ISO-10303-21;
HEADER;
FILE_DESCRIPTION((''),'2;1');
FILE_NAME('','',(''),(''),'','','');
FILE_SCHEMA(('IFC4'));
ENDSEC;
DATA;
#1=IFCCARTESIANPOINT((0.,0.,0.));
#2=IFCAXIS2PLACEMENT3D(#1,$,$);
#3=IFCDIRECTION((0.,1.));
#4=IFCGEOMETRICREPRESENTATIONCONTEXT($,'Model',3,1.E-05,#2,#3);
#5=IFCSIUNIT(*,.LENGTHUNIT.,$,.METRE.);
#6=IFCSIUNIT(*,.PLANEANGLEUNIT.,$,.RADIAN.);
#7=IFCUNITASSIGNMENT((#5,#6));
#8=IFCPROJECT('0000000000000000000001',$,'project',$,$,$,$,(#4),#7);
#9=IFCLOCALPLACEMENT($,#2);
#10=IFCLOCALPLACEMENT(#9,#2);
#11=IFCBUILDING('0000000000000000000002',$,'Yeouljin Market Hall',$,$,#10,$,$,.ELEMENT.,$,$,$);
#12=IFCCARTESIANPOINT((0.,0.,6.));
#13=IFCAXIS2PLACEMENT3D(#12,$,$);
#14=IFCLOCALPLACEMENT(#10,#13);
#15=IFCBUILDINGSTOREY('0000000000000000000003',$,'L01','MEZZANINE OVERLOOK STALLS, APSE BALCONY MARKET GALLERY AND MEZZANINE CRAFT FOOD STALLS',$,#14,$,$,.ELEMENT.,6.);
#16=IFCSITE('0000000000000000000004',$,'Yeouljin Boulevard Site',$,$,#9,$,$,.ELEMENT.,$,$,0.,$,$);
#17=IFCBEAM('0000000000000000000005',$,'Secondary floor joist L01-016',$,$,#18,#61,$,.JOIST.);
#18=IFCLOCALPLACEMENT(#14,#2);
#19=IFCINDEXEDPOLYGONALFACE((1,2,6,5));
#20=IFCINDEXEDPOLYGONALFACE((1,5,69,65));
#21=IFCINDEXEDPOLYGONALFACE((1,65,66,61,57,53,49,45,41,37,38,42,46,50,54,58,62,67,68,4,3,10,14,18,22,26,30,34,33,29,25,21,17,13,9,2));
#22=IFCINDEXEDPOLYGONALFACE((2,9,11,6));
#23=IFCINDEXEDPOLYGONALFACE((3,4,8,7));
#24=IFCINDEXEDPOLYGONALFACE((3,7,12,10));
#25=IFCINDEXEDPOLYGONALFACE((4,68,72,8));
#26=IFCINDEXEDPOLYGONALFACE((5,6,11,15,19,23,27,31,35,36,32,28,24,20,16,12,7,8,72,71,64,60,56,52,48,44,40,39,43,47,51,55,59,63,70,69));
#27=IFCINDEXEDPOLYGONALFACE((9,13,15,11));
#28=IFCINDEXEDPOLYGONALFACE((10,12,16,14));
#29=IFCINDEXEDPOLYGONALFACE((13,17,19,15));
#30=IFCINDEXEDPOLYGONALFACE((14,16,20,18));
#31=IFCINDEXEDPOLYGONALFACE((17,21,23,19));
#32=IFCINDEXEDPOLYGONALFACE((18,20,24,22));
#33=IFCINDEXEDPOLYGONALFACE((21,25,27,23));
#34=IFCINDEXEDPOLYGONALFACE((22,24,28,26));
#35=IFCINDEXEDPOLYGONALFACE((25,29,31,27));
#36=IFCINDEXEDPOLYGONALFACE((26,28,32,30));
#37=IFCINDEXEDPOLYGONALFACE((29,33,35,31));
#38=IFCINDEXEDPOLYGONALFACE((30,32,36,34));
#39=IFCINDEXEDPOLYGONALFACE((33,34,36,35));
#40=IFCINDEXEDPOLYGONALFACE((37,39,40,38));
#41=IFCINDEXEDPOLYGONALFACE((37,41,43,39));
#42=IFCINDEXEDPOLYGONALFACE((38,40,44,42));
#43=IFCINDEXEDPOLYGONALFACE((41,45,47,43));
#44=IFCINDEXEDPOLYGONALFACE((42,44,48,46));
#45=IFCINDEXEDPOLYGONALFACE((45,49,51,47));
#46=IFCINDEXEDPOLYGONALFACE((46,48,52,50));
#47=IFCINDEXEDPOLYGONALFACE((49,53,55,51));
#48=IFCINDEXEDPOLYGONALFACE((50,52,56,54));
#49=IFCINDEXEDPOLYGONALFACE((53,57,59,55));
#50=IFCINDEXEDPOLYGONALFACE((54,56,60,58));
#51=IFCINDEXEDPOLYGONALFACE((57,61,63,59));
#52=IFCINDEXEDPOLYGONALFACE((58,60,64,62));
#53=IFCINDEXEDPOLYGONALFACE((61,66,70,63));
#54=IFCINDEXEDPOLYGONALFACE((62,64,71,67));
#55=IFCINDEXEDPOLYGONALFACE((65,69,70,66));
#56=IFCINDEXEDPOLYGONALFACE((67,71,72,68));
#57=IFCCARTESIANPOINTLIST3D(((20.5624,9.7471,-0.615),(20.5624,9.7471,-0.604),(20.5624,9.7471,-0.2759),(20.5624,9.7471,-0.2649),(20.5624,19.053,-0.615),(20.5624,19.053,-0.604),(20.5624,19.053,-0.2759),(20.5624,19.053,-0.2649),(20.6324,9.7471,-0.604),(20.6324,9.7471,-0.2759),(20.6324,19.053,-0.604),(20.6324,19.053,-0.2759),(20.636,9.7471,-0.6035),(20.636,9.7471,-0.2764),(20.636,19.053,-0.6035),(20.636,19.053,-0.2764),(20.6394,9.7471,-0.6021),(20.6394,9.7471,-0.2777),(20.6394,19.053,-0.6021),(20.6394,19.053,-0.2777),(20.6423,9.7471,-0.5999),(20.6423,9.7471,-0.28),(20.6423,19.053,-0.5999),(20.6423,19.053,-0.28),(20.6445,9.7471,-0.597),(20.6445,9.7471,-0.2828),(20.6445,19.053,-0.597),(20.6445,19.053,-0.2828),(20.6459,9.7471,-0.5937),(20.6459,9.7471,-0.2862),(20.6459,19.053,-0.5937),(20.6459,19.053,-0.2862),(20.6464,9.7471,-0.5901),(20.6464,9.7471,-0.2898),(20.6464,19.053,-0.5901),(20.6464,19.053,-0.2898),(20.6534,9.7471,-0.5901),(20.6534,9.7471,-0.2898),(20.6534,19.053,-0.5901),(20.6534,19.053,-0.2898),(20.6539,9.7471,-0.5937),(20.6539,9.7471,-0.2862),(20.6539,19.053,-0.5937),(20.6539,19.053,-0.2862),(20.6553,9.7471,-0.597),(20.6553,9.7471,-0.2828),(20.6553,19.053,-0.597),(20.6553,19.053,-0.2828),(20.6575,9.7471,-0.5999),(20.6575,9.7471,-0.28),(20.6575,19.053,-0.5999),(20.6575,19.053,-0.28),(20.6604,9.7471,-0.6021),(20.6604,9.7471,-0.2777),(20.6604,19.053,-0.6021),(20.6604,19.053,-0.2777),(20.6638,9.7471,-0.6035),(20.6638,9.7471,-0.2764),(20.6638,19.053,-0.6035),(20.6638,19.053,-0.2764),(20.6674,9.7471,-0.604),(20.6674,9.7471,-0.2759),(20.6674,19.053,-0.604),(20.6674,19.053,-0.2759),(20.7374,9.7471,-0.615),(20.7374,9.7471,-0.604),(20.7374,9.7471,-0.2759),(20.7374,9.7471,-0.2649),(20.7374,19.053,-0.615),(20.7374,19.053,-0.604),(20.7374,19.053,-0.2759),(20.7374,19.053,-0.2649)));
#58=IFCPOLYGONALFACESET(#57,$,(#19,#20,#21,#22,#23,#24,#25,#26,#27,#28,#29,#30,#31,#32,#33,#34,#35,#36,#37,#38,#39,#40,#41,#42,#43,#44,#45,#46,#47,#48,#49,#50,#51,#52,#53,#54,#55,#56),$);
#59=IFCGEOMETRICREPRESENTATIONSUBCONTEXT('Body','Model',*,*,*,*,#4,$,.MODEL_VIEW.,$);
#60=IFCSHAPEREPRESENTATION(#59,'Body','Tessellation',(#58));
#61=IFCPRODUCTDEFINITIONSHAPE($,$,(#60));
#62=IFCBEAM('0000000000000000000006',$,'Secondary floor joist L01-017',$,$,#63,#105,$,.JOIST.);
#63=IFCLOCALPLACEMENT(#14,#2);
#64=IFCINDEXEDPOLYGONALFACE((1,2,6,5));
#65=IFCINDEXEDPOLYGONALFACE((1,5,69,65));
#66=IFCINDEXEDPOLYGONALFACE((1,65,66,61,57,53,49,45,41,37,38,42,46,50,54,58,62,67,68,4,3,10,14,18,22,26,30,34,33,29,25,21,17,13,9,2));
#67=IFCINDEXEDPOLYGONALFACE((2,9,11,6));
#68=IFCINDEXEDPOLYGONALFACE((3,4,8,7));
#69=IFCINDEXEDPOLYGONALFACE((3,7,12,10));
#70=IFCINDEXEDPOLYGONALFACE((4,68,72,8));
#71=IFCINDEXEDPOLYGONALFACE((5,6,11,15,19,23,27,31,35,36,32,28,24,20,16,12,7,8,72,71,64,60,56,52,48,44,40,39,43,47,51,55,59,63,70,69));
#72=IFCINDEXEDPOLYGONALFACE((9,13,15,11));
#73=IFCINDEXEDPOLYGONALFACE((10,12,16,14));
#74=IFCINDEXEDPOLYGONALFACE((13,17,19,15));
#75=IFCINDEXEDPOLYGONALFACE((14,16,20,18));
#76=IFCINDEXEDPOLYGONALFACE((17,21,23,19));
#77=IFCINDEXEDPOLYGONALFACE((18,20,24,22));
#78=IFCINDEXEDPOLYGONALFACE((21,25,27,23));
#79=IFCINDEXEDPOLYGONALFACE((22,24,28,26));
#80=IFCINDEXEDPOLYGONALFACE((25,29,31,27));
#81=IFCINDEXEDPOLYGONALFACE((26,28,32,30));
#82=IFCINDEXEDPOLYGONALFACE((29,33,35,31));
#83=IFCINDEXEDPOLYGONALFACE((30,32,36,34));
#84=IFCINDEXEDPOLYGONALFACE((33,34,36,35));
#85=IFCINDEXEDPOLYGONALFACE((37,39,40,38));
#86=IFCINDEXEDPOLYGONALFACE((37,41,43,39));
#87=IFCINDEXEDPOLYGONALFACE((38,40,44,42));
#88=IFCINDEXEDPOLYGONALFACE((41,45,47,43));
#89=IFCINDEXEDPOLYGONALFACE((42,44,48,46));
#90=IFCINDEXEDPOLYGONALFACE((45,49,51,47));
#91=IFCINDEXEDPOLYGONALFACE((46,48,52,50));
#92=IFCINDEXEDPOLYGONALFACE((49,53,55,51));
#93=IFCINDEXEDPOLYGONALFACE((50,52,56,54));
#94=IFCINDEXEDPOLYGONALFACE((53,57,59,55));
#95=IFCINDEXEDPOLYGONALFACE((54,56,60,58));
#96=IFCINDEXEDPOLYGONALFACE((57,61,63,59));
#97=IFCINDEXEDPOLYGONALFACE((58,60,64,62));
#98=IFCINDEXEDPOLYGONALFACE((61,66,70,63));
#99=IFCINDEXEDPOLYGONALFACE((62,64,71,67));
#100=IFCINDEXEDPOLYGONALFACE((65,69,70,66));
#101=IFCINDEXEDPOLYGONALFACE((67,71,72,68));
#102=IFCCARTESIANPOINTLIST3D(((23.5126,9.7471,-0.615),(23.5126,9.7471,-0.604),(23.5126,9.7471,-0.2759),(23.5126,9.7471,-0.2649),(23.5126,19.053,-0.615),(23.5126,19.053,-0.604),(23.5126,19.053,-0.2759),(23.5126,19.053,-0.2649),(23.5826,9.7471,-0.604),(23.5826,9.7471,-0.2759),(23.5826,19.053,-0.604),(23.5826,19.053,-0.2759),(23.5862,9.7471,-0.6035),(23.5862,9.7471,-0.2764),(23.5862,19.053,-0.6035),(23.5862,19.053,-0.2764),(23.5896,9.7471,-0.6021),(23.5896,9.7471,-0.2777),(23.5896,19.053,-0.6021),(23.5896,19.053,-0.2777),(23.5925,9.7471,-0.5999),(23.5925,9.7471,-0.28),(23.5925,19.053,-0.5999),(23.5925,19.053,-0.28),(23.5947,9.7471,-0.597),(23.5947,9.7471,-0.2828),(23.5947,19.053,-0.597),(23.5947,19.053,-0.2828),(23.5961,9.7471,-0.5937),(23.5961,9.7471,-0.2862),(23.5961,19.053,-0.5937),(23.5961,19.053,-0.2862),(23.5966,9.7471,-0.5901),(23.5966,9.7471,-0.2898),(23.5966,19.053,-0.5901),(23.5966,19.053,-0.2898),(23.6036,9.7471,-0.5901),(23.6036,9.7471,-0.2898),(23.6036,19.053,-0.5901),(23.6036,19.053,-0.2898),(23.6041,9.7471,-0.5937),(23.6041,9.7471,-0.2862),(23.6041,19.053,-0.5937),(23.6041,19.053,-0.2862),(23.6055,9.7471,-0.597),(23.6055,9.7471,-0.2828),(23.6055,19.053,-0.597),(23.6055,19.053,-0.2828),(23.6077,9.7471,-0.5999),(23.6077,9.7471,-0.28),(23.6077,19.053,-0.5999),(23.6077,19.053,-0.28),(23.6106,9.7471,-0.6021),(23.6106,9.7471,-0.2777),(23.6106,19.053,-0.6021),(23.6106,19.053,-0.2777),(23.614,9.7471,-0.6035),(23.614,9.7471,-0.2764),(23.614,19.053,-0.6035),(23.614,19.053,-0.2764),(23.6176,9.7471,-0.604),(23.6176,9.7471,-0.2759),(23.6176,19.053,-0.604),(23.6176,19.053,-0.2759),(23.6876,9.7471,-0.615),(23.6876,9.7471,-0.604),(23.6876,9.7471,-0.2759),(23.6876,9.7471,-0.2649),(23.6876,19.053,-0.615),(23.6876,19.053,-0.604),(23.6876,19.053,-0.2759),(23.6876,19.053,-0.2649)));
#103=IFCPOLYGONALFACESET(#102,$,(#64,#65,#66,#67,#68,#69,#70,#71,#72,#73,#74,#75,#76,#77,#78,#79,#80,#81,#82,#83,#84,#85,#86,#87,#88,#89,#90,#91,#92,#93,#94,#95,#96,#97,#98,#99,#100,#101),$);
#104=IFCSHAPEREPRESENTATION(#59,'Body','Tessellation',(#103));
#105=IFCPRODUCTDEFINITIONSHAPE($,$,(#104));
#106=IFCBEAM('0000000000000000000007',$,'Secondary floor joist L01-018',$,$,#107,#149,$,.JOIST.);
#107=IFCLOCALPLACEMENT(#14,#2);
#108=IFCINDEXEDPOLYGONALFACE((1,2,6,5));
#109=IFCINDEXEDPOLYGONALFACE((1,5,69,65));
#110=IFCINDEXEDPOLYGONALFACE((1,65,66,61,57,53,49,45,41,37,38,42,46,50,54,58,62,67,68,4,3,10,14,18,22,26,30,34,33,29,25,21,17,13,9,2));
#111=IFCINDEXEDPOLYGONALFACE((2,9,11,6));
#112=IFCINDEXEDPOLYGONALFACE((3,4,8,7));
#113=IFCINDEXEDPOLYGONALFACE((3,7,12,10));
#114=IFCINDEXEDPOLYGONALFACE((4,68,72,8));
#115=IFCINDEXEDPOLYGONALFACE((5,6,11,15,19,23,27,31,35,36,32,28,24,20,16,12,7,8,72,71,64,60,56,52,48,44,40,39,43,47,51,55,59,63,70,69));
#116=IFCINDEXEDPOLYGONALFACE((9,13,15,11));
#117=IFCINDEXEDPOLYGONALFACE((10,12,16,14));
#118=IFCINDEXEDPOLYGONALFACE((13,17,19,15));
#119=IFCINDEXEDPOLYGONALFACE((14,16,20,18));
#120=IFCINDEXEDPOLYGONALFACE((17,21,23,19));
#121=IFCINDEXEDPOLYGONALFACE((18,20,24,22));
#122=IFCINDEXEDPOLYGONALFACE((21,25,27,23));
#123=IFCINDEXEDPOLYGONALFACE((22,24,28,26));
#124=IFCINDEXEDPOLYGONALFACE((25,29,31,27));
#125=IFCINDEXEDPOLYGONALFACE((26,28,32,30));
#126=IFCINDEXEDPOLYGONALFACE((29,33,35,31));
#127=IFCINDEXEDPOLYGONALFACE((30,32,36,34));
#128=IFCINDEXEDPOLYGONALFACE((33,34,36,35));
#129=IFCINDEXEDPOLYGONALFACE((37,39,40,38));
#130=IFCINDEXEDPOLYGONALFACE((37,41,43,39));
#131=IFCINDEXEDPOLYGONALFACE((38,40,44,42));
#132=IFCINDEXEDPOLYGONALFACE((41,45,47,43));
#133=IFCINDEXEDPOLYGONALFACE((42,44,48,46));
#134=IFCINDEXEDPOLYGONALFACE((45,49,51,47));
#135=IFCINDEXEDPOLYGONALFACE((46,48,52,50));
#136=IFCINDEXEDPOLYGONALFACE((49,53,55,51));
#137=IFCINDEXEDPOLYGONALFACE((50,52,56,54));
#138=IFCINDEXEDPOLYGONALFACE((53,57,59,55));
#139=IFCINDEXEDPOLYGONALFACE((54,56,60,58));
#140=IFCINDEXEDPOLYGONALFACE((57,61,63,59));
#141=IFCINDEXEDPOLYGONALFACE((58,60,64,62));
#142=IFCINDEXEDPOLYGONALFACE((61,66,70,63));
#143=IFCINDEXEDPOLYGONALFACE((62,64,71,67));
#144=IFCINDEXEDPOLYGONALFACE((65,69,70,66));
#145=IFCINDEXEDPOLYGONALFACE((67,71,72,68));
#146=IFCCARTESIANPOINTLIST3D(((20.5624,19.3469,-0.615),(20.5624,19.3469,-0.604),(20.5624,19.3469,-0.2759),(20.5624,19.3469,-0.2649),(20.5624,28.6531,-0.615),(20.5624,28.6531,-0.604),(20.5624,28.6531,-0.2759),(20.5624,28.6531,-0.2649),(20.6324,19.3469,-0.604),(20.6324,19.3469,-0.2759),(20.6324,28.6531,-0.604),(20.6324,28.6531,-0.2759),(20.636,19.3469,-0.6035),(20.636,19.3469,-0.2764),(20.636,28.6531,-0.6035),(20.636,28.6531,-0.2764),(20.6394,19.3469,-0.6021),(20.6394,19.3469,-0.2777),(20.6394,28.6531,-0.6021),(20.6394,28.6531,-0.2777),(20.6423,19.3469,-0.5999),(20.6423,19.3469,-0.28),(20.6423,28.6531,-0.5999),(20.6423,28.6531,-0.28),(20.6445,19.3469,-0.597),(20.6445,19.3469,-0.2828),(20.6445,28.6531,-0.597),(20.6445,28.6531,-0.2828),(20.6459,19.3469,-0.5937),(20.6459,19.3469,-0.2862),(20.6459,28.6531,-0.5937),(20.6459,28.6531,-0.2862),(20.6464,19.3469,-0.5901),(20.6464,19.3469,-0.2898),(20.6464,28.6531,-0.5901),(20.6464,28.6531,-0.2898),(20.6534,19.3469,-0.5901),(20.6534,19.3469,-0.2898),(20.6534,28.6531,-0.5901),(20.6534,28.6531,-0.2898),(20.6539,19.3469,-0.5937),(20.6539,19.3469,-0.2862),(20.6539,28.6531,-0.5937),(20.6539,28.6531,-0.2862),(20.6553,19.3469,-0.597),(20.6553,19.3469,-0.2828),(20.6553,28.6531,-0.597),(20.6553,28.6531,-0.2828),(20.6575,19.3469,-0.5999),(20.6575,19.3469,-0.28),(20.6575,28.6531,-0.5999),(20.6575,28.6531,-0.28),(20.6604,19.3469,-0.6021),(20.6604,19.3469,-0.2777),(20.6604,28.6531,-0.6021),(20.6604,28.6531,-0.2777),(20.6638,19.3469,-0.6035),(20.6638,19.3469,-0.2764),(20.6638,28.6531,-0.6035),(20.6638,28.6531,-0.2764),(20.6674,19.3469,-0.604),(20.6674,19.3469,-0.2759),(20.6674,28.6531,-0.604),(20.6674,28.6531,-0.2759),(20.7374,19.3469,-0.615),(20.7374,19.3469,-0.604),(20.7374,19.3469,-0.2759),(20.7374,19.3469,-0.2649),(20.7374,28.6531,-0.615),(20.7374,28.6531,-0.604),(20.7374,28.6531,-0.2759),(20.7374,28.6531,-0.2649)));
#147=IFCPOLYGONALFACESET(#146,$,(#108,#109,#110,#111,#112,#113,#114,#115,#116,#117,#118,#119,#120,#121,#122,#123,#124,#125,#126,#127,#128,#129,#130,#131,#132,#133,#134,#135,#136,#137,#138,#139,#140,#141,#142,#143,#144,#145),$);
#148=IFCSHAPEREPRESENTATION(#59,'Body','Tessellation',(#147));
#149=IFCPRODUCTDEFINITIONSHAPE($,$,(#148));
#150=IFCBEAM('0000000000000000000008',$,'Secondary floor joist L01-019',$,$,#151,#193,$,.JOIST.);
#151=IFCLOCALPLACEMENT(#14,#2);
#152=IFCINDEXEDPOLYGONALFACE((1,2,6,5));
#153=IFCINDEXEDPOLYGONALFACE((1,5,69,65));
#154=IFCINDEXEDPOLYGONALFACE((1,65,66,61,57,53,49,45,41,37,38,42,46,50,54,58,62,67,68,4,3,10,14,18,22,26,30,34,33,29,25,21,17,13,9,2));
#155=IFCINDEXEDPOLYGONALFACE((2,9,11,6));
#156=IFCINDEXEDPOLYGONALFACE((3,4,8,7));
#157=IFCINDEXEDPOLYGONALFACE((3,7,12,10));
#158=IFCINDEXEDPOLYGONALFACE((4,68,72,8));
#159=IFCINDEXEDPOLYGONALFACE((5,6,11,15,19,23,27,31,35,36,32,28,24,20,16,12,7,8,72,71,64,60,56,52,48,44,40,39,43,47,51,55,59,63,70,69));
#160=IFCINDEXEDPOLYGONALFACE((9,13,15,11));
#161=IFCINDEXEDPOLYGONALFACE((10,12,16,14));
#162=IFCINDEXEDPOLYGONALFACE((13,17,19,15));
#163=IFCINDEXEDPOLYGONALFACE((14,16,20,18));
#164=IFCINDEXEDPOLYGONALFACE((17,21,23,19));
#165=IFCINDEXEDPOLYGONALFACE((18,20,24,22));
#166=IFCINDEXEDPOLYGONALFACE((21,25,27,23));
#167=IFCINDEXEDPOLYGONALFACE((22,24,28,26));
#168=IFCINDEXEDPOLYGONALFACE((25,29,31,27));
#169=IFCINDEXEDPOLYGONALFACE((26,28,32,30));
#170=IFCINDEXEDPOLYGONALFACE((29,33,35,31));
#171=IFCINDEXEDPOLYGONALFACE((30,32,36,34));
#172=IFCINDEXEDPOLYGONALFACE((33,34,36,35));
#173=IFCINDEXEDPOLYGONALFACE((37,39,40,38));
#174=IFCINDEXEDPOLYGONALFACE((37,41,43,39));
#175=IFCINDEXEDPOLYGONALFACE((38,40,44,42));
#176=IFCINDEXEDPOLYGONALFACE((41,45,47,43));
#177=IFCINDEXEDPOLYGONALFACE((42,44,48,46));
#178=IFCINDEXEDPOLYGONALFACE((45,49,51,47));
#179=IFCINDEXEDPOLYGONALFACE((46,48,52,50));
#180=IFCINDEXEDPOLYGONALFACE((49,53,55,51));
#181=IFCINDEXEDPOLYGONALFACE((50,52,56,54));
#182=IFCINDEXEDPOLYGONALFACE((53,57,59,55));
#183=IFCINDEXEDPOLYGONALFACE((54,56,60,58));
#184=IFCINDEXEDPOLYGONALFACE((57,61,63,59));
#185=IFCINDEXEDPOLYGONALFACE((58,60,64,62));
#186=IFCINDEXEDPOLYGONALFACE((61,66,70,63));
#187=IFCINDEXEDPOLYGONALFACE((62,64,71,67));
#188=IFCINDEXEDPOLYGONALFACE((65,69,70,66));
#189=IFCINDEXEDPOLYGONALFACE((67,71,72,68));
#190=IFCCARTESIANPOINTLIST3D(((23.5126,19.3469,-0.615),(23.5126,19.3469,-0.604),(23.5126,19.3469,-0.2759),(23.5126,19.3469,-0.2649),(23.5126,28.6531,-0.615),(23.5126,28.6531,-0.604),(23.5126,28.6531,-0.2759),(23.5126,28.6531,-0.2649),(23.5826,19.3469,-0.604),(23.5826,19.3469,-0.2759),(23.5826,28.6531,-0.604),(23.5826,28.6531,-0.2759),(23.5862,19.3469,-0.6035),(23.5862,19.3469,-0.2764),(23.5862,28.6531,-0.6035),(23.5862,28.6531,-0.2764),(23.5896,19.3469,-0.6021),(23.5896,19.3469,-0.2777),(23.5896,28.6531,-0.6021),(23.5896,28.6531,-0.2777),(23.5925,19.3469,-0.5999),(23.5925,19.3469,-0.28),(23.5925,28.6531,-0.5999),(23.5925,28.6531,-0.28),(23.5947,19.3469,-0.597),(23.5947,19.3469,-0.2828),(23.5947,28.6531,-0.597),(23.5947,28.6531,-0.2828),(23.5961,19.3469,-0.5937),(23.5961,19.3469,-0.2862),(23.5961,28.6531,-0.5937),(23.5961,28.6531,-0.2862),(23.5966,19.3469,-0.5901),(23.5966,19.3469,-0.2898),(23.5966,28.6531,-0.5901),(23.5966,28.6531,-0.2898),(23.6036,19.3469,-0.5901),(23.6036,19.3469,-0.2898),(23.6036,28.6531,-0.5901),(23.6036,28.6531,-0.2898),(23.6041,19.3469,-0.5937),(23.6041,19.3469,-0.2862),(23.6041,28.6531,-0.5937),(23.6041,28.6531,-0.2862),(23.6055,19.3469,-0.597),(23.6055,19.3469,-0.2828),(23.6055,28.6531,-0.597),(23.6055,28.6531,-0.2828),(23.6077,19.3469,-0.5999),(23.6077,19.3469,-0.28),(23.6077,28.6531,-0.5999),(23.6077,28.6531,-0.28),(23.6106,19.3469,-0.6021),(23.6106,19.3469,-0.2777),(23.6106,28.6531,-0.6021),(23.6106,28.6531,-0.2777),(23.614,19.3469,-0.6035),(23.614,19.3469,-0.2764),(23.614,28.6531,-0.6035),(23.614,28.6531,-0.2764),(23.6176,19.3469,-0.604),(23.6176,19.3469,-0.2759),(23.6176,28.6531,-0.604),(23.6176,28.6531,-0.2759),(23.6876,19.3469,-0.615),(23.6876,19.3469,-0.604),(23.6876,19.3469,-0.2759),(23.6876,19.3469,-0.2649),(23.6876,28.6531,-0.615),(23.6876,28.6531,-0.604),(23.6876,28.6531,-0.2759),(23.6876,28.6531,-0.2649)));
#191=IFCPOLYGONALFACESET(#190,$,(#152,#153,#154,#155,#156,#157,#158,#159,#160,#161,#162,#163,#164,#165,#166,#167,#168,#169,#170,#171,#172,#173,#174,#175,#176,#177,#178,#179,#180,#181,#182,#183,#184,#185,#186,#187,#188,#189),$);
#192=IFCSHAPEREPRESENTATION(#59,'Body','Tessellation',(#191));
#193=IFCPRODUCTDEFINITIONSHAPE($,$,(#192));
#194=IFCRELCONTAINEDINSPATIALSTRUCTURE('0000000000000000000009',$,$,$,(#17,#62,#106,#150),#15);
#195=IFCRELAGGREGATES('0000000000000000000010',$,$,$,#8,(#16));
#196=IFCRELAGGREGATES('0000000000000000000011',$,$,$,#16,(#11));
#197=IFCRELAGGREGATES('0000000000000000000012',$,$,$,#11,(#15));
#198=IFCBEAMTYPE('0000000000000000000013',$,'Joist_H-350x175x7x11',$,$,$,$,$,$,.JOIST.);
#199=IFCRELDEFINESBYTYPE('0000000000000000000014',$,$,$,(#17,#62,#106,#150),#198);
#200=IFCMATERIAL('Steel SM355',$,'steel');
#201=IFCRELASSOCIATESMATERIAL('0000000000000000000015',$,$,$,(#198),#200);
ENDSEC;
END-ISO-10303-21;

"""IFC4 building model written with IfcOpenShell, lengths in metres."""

from ifc_helpers import new_model, si_unit, direction, frame, origin, origin_2d, place, context, subcontext, project, spatial, i_section, extrude, material, material_profile, profile_set, type_object, element, save


model = new_model("IFC4")

# Units and contexts
model_context = context("Model", 3, precision=1e-05, world=origin(), true_north=direction((0.0, 1.0)))
body_context = subcontext(model_context, "Body", "Model", "MODEL_VIEW")
ifc_project = project(units=[si_unit("LENGTHUNIT", "METRE"), si_unit("PLANEANGLEUNIT", "RADIAN")], contexts=[model_context])

# Site, building, storey
site_placement = place(None, origin())
site = spatial("IfcSite", under=ifc_project, at=site_placement, Name="Yeouljin Boulevard Site", CompositionType="ELEMENT", RefElevation=0.0)
building_placement = place(site_placement, origin())
building = spatial("IfcBuilding", under=site, at=building_placement, Name="Yeouljin Market Hall", CompositionType="ELEMENT")
storey_placement = place(building_placement, frame((0.0, 0.0, 6.0)))
storey = spatial("IfcBuildingStorey", under=building, at=storey_placement, Name="L01", Description="MEZZANINE OVERLOOK STALLS, APSE BALCONY MARKET GALLERY AND MEZZANINE CRAFT FOOD STALLS", CompositionType="ELEMENT", Elevation=6.0)

# Beams
ifc_material_1 = material(Name="Steel SM355", Category="steel")
ifc_material_profile_1 = material_profile(ifc_material_1, i_section(OverallWidth=0.175, OverallDepth=0.3501, WebThickness=0.0071, FlangeThickness=0.011, FilletRadius=0.0139, at=origin_2d()), Name="H-350x175x7x11")
ifc_profile_set_1 = profile_set([ifc_material_profile_1], Name="Steel SM355")
beam_type_1 = type_object("IfcBeamType", Name="Joist_H-350x175x7x11", PredefinedType="JOIST", material=ifc_profile_set_1)
for number, where, z_axis, x_axis, name in (
    (1, (20.6499, 9.7471, -0.4399), (0.0, 1.0, 0.0), (-1.0, 0.0, 0.0), "Secondary floor joist L01-016"),
    (2, (23.6001, 9.7471, -0.4399), (0.0, 1.0, 0.0), (-1.0, 0.0, 0.0), "Secondary floor joist L01-017"),
):
    element("IfcBeam", number, at=place(storey_placement, frame(where, z_axis=z_axis, x_axis=x_axis)), inside=storey, type_object=beam_type_1, Name=name, PredefinedType="JOIST", context=body_context, shape_type="SweptSolid", body=[
        extrude(i_section(OverallWidth=0.175, OverallDepth=0.3501, WebThickness=0.0071, FlangeThickness=0.011, FilletRadius=0.0139, at=origin_2d()), origin(), (0.0, 0.0, 1.0), 9.3059),
    ])
for number, where, z_axis, x_axis, name in (
    (3, (20.6499, 19.3469, -0.4399), (0.0, 1.0, 0.0), (-1.0, 0.0, 0.0), "Secondary floor joist L01-018"),
    (4, (23.6001, 19.3469, -0.4399), (0.0, 1.0, 0.0), (-1.0, 0.0, 0.0), "Secondary floor joist L01-019"),
):
    element("IfcBeam", number, at=place(storey_placement, frame(where, z_axis=z_axis, x_axis=x_axis)), inside=storey, type_object=beam_type_1, Name=name, PredefinedType="JOIST", context=body_context, shape_type="SweptSolid", body=[
        extrude(i_section(OverallWidth=0.175, OverallDepth=0.3501, WebThickness=0.0071, FlangeThickness=0.011, FilletRadius=0.0139, at=origin_2d()), origin(), (0.0, 0.0, 1.0), 9.3062),
    ])

save(model, "model.ifc")
